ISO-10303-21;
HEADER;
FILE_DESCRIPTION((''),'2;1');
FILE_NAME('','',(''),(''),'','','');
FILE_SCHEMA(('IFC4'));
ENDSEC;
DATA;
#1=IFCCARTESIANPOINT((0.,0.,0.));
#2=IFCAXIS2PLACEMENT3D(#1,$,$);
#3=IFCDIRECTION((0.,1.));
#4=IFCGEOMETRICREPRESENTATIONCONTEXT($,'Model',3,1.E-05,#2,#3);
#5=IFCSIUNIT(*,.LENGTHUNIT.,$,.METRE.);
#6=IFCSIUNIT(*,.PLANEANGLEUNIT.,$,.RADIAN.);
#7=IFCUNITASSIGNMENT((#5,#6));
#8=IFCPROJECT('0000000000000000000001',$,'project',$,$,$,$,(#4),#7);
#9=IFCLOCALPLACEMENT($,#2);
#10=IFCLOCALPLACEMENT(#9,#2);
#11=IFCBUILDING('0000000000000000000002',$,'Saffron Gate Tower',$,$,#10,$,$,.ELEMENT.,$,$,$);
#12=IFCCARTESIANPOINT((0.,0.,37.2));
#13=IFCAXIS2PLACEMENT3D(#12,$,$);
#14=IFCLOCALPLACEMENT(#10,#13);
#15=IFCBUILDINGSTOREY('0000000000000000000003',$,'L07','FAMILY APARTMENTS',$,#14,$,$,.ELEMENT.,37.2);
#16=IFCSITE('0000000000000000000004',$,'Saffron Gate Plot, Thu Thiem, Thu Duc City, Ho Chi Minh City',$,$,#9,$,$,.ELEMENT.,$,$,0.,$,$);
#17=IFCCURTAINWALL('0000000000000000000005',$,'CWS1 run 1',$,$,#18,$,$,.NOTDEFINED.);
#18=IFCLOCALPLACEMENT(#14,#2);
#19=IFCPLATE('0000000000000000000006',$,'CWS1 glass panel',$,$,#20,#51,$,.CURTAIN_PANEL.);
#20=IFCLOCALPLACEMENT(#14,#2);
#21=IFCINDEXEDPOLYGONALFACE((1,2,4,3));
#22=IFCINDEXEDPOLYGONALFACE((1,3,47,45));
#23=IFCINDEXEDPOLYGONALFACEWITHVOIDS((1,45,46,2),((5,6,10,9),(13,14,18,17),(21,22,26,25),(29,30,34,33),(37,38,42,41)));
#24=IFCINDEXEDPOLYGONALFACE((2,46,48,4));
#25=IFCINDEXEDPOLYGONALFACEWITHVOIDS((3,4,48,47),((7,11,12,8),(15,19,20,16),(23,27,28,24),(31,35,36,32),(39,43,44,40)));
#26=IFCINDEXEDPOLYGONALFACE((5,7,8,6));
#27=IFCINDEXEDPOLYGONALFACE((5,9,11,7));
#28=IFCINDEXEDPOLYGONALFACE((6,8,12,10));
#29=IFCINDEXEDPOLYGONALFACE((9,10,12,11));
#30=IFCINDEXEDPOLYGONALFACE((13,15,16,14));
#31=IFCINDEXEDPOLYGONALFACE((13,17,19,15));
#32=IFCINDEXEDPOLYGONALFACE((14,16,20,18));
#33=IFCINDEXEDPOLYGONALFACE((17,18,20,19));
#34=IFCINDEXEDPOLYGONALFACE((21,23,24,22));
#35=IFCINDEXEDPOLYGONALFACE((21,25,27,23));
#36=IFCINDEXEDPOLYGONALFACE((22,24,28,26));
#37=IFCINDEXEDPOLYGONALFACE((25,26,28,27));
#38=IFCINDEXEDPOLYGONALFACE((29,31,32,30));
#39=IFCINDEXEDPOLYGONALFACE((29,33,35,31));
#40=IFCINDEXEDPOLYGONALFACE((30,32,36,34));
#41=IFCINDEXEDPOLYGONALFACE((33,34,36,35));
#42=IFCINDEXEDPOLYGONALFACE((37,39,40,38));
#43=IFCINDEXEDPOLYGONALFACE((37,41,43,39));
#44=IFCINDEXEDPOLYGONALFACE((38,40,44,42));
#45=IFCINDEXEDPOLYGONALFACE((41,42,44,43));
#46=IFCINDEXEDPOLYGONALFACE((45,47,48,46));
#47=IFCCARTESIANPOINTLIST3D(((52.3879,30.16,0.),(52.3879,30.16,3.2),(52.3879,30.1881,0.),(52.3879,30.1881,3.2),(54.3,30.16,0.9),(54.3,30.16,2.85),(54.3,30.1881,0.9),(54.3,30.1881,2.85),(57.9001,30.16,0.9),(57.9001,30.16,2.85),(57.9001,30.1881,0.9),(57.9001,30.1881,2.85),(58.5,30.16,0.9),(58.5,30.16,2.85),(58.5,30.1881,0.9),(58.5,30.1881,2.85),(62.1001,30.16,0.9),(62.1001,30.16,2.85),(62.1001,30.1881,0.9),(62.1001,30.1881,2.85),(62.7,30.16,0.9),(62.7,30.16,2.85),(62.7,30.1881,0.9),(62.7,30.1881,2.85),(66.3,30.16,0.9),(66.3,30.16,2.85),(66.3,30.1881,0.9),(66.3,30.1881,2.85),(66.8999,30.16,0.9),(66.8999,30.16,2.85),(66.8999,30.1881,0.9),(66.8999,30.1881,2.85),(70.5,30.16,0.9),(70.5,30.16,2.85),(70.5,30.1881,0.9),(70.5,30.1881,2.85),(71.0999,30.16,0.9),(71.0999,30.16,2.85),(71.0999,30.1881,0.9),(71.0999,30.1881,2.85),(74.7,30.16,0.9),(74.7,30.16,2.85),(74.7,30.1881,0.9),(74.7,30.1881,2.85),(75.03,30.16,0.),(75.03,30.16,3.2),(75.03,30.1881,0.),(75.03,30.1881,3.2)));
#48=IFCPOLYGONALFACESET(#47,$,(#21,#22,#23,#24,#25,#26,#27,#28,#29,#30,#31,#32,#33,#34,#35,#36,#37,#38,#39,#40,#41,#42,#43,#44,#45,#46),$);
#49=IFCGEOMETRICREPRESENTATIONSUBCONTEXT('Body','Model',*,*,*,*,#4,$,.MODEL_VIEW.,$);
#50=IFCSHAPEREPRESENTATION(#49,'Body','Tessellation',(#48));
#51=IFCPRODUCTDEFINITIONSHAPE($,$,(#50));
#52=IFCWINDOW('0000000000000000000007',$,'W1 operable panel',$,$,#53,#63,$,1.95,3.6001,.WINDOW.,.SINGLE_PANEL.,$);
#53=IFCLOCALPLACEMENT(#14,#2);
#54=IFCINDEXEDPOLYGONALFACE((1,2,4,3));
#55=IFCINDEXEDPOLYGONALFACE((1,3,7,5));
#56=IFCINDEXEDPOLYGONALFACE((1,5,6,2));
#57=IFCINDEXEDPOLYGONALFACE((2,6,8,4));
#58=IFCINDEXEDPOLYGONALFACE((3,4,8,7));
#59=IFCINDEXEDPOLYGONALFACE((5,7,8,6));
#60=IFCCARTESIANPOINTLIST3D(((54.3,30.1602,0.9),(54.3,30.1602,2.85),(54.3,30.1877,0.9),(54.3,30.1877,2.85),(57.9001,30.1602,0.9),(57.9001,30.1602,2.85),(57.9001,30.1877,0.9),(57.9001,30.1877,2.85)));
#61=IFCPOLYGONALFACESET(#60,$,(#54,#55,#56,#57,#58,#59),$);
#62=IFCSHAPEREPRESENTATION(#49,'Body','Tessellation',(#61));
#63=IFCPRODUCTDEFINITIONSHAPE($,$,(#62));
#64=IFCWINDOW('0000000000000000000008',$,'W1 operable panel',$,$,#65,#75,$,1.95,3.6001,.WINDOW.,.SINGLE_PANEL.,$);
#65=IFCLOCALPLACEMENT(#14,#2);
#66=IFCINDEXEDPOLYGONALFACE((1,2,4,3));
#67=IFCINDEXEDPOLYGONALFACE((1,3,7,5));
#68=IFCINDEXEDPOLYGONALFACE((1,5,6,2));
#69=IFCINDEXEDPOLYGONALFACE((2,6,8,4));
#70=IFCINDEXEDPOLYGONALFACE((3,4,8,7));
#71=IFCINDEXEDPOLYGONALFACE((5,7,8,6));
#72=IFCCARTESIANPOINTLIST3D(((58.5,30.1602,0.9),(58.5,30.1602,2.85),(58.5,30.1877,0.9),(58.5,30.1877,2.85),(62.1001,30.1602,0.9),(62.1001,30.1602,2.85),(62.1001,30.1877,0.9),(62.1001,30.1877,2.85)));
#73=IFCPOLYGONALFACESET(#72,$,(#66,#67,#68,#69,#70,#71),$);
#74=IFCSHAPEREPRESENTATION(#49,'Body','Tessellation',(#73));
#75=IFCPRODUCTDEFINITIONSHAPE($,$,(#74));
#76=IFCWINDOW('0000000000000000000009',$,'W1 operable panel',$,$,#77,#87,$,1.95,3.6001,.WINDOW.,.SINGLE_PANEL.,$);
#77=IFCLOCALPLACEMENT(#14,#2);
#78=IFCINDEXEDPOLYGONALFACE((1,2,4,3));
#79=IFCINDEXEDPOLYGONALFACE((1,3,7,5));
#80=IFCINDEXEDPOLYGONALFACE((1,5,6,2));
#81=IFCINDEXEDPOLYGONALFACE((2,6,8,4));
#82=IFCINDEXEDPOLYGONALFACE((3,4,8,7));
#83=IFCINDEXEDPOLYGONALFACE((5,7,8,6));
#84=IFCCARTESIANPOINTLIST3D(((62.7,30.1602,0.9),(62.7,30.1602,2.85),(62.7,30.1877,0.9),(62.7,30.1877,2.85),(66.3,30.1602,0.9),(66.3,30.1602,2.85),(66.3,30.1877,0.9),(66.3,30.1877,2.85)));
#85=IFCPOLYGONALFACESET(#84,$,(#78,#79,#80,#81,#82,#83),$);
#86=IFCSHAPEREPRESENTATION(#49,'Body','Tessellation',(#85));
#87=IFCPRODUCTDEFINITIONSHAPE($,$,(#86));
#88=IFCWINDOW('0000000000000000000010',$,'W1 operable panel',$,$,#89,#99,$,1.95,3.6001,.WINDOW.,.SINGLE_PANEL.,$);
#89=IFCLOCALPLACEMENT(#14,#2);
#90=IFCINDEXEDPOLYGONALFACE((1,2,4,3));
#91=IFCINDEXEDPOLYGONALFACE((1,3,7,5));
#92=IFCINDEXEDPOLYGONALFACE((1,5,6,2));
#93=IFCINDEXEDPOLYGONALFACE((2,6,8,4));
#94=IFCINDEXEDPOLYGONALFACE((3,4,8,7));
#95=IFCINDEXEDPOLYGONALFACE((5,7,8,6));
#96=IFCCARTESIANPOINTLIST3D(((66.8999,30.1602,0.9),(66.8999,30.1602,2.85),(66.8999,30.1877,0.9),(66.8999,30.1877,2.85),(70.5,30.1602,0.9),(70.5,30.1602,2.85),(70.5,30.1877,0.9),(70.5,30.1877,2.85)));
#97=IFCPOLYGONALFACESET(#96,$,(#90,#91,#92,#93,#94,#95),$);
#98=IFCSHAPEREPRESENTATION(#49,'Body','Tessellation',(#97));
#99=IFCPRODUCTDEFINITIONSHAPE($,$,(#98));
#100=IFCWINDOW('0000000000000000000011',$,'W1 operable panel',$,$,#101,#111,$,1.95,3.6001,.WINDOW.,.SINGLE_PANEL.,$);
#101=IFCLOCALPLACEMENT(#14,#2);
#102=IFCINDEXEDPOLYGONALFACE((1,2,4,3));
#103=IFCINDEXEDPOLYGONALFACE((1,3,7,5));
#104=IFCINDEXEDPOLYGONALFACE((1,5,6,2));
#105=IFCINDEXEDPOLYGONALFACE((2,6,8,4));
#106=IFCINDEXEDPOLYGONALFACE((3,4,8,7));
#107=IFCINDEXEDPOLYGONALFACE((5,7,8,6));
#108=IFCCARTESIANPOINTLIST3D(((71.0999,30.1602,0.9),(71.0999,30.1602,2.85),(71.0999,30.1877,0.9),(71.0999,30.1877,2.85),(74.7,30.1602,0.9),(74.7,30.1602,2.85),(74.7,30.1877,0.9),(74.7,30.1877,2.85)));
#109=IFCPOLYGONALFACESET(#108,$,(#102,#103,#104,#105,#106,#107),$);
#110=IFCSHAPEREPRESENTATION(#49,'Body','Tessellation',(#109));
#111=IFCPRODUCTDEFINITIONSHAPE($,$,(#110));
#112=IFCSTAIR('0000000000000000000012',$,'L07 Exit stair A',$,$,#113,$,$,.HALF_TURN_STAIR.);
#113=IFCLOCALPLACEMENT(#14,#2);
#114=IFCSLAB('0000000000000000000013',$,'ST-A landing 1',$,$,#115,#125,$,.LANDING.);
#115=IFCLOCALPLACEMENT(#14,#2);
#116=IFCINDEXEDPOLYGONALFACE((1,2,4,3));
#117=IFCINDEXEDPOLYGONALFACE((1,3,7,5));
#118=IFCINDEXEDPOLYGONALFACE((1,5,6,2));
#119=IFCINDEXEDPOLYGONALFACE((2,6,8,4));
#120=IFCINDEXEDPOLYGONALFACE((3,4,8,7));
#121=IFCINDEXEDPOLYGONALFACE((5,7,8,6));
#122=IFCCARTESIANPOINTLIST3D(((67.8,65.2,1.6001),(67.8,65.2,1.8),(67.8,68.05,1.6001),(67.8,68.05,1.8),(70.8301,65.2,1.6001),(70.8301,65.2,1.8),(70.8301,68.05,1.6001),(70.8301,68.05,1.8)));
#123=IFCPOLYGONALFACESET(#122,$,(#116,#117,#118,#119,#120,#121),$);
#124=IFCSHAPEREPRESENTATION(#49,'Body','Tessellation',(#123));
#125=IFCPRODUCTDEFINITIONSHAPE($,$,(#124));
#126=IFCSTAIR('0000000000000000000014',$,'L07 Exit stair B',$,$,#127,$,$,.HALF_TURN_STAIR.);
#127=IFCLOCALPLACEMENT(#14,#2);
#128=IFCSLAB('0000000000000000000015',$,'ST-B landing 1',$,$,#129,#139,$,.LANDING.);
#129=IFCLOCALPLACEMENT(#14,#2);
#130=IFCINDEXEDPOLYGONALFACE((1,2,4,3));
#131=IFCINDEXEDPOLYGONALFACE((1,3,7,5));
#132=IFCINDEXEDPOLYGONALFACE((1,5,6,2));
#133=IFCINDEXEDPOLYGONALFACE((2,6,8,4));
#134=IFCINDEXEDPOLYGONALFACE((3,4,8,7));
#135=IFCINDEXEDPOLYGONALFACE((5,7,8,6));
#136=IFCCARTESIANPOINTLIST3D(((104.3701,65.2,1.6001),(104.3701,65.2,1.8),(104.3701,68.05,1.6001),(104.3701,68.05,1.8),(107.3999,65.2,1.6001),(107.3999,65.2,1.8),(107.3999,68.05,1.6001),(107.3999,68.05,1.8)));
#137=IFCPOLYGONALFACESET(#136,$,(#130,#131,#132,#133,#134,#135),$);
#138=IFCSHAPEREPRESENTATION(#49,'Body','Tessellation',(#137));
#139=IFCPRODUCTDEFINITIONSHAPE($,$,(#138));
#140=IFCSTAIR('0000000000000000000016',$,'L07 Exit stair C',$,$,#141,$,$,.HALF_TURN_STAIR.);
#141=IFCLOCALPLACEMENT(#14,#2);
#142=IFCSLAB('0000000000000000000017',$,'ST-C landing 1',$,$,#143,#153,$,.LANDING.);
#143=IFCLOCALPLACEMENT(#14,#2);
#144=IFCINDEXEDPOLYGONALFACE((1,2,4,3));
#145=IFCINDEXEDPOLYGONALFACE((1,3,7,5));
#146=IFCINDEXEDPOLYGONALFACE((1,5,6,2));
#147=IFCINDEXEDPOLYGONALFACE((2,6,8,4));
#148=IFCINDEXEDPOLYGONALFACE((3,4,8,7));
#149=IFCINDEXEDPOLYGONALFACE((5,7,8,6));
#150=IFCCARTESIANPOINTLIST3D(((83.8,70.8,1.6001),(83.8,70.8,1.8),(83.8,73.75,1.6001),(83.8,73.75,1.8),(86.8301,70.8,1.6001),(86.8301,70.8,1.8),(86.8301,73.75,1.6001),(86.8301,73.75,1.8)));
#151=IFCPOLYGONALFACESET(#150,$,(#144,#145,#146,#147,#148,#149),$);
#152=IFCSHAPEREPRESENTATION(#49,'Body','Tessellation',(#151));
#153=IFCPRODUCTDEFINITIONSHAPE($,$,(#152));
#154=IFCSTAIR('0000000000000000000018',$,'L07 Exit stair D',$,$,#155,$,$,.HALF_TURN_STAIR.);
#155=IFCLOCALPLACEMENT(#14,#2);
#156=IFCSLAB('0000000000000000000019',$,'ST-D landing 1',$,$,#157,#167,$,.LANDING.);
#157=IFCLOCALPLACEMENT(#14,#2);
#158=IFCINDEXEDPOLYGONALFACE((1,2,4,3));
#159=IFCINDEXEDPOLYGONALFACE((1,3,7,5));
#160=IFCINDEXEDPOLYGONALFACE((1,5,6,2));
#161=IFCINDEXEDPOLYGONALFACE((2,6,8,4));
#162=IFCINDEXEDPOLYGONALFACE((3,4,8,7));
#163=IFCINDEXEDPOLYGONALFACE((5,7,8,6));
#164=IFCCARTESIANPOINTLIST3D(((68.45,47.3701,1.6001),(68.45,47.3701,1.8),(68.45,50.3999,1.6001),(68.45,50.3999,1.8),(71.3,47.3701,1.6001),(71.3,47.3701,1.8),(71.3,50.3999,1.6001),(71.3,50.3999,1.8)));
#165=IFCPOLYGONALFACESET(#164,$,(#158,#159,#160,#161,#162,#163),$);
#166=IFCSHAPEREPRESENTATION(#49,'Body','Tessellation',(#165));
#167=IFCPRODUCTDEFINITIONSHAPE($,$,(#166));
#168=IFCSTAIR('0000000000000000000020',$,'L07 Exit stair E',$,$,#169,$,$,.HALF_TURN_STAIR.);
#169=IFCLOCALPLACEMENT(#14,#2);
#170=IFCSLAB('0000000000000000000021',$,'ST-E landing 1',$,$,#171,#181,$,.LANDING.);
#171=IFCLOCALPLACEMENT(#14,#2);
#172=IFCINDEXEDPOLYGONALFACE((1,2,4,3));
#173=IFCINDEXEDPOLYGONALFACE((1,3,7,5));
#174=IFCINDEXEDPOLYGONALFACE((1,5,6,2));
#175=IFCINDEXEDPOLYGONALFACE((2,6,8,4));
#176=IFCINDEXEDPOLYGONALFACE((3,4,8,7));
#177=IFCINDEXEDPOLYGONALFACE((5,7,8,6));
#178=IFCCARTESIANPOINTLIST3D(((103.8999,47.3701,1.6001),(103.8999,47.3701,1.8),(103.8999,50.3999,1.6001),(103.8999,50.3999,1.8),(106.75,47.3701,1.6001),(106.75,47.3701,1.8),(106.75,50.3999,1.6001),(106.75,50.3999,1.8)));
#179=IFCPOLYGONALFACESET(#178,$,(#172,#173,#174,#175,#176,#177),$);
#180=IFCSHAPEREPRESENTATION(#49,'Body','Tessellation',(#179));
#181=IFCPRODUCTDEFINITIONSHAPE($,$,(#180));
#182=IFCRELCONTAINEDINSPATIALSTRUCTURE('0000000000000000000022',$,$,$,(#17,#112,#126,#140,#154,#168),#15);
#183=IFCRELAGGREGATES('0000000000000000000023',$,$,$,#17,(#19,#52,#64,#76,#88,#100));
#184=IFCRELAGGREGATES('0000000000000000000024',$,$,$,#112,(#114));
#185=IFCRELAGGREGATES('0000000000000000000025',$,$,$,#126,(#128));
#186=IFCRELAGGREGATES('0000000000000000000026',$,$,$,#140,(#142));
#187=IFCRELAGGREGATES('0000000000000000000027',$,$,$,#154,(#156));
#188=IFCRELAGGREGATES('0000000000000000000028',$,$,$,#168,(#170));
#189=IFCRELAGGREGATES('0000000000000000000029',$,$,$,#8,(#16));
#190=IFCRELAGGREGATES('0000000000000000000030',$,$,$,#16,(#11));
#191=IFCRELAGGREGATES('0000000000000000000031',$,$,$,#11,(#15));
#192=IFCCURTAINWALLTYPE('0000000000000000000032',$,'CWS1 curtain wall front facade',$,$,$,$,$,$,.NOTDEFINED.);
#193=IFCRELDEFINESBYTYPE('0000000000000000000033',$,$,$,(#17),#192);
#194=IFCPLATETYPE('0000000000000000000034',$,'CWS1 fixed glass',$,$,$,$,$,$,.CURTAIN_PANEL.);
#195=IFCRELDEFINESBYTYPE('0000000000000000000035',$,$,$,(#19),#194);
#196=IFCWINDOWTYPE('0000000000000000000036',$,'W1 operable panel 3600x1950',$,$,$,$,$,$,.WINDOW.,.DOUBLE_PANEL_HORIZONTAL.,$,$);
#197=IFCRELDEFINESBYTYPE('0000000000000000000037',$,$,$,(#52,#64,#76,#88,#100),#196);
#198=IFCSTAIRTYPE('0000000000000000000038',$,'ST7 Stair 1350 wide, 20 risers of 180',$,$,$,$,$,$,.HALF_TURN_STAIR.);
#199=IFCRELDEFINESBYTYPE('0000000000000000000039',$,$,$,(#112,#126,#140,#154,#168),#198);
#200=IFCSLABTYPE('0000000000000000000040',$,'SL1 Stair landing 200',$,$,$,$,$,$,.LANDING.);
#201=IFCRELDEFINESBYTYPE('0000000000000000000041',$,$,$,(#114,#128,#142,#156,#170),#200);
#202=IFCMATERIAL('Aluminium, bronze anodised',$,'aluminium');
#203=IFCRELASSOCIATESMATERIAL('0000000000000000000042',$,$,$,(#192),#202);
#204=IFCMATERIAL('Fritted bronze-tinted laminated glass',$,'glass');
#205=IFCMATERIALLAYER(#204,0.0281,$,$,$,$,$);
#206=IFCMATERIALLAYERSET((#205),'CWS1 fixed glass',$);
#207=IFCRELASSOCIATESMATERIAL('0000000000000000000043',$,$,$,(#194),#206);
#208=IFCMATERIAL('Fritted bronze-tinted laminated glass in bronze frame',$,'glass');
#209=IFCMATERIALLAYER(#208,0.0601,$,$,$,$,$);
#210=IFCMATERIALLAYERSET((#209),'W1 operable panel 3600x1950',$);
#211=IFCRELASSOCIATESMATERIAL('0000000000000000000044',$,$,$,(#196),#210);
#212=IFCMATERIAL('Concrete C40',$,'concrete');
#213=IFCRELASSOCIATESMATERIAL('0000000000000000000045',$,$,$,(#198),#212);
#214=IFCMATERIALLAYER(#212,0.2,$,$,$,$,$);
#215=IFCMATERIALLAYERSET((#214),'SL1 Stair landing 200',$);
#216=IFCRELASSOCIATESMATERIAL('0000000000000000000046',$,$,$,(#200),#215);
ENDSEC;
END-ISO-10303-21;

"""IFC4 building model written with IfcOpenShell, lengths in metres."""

from ifc_helpers import new_model, si_unit, direction, frame, frame_2d, origin, place, context, subcontext, project, spatial, polyline, rectangle, outline, extrude, material, layer, layer_set, type_object, element, fill, aggregate, save


model = new_model("IFC4")

# Units and contexts
model_context = context("Model", 3, precision=1e-05, world=origin(), true_north=direction((0.0, 1.0)))
body_context = subcontext(model_context, "Body", "Model", "MODEL_VIEW")
ifc_project = project(units=[si_unit("LENGTHUNIT", "METRE"), si_unit("PLANEANGLEUNIT", "RADIAN")], contexts=[model_context])

# Site, building, storey
site_placement = place(None, origin())
site = spatial("IfcSite", under=ifc_project, at=site_placement, Name="Saffron Gate Plot, Thu Thiem, Thu Duc City, Ho Chi Minh City", CompositionType="ELEMENT", RefElevation=0.0)
building_placement = place(site_placement, origin())
building = spatial("IfcBuilding", under=site, at=building_placement, Name="Saffron Gate Tower", CompositionType="ELEMENT")
storey_placement = place(building_placement, frame((0.0, 0.0, 37.2)))
storey = spatial("IfcBuildingStorey", under=building, at=storey_placement, Name="L07", Description="FAMILY APARTMENTS", CompositionType="ELEMENT", Elevation=37.2)

# Curtain wall
ifc_material_1 = material(Name="Aluminium, bronze anodised", Category="aluminium")
curtain_wall_type_1 = type_object("IfcCurtainWallType", Name="CWS1 curtain wall front facade", PredefinedType="NOTDEFINED", material=ifc_material_1)
curtain_wall_1_placement = place(storey_placement, origin())
curtain_wall_1 = element("IfcCurtainWall", 1, at=curtain_wall_1_placement, inside=storey, type_object=curtain_wall_type_1, Name="CWS1 run 1", PredefinedType="NOTDEFINED")

# Plate, openings, windows
ifc_material_2 = material(Name="Fritted bronze-tinted laminated glass", Category="glass")
ifc_layer_1 = layer(ifc_material_2, 0.0281)
ifc_layer_set_1 = layer_set([ifc_layer_1], Name="CWS1 fixed glass")
plate_type_1 = type_object("IfcPlateType", Name="CWS1 fixed glass", PredefinedType="CURTAIN_PANEL", material=ifc_layer_set_1)
plate_1_placement = place(storey_placement, frame((52.3879, 30.1741, 0.0), z_axis=(0.0, 0.0, 1.0), x_axis=(1.0, 0.0, 0.0)))
plate_1 = element("IfcPlate", 2, at=plate_1_placement, type_object=plate_type_1, Name="CWS1 glass panel", PredefinedType="CURTAIN_PANEL", context=body_context, shape_type="SweptSolid", body=[
    extrude(rectangle(XDim=22.6421, YDim=0.0281, at=frame_2d((11.321, 0.0))), origin(), (0.0, 0.0, 1.0), 3.2),
])
opening_1_placement = place(plate_1_placement, frame((1.9121, 0.0, 0.8999)))
opening_1 = element("IfcOpeningElement", 3, at=opening_1_placement, cuts=plate_1, PredefinedType="OPENING", context=body_context, shape_type="SweptSolid", body=[
    extrude(rectangle(XDim=3.6001, YDim=1.95, at=frame_2d((1.8, 0.9751))), frame((0.0, 0.0239, 0.0), z_axis=(0.0, -1.0, 0.0), x_axis=(1.0, 0.0, 0.0)), (0.0, 0.0, 1.0), 0.0481),
])
opening_2_placement = place(plate_1_placement, frame((6.1121, 0.0, 0.8999)))
opening_2 = element("IfcOpeningElement", 4, at=opening_2_placement, cuts=plate_1, PredefinedType="OPENING", context=body_context, shape_type="SweptSolid", body=[
    extrude(rectangle(XDim=3.6001, YDim=1.95, at=frame_2d((1.8, 0.9751))), frame((0.0, 0.0239, 0.0), z_axis=(0.0, -1.0, 0.0), x_axis=(1.0, 0.0, 0.0)), (0.0, 0.0, 1.0), 0.0481),
])
opening_3_placement = place(plate_1_placement, frame((10.312, 0.0, 0.8999)))
opening_3 = element("IfcOpeningElement", 5, at=opening_3_placement, cuts=plate_1, PredefinedType="OPENING", context=body_context, shape_type="SweptSolid", body=[
    extrude(rectangle(XDim=3.6001, YDim=1.95, at=frame_2d((1.8, 0.9751))), frame((0.0, 0.0239, 0.0), z_axis=(0.0, -1.0, 0.0), x_axis=(1.0, 0.0, 0.0)), (0.0, 0.0, 1.0), 0.0481),
])
opening_4_placement = place(plate_1_placement, frame((14.512, 0.0, 0.8999)))
opening_4 = element("IfcOpeningElement", 6, at=opening_4_placement, cuts=plate_1, PredefinedType="OPENING", context=body_context, shape_type="SweptSolid", body=[
    extrude(rectangle(XDim=3.6001, YDim=1.95, at=frame_2d((1.8, 0.9751))), frame((0.0, 0.0239, 0.0), z_axis=(0.0, -1.0, 0.0), x_axis=(1.0, 0.0, 0.0)), (0.0, 0.0, 1.0), 0.0481),
])
opening_5_placement = place(plate_1_placement, frame((18.7119, 0.0, 0.8999)))
opening_5 = element("IfcOpeningElement", 7, at=opening_5_placement, cuts=plate_1, PredefinedType="OPENING", context=body_context, shape_type="SweptSolid", body=[
    extrude(rectangle(XDim=3.6001, YDim=1.95, at=frame_2d((1.8, 0.9751))), frame((0.0, 0.0239, 0.0), z_axis=(0.0, -1.0, 0.0), x_axis=(1.0, 0.0, 0.0)), (0.0, 0.0, 1.0), 0.0481),
])
ifc_material_3 = material(Name="Fritted bronze-tinted laminated glass in bronze frame", Category="glass")
ifc_layer_2 = layer(ifc_material_3, 0.0601)
ifc_layer_set_2 = layer_set([ifc_layer_2], Name="W1 operable panel 3600x1950")
window_type = type_object("IfcWindowType", Name="W1 operable panel 3600x1950", PartitioningType="DOUBLE_PANEL_HORIZONTAL", PredefinedType="WINDOW", material=ifc_layer_set_2)
window_1_placement = place(opening_1_placement, origin())
window_1 = element("IfcWindow", 8, at=window_1_placement, type_object=window_type, Name="W1 operable panel", OverallHeight=1.95, OverallWidth=3.6001, PartitioningType="SINGLE_PANEL", PredefinedType="WINDOW", context=body_context, shape_type="SweptSolid", body=[
    extrude(rectangle(XDim=3.6001, YDim=1.95, at=frame_2d((1.8, 0.9751))), frame((0.0, 0.0137, 0.0), z_axis=(0.0, -1.0, 0.0), x_axis=(1.0, 0.0, 0.0)), (0.0, 0.0, 1.0), 0.0276),
])
fill(opening_1, window_1)
window_2_placement = place(opening_2_placement, origin())
window_2 = element("IfcWindow", 9, at=window_2_placement, type_object=window_type, Name="W1 operable panel", OverallHeight=1.95, OverallWidth=3.6001, PartitioningType="SINGLE_PANEL", PredefinedType="WINDOW", context=body_context, shape_type="SweptSolid", body=[
    extrude(rectangle(XDim=3.6001, YDim=1.95, at=frame_2d((1.8, 0.9751))), frame((0.0, 0.0137, 0.0), z_axis=(0.0, -1.0, 0.0), x_axis=(1.0, 0.0, 0.0)), (0.0, 0.0, 1.0), 0.0276),
])
fill(opening_2, window_2)
window_3_placement = place(opening_3_placement, origin())
window_3 = element("IfcWindow", 10, at=window_3_placement, type_object=window_type, Name="W1 operable panel", OverallHeight=1.95, OverallWidth=3.6001, PartitioningType="SINGLE_PANEL", PredefinedType="WINDOW", context=body_context, shape_type="SweptSolid", body=[
    extrude(rectangle(XDim=3.6001, YDim=1.95, at=frame_2d((1.8, 0.9751))), frame((0.0, 0.0137, 0.0), z_axis=(0.0, -1.0, 0.0), x_axis=(1.0, 0.0, 0.0)), (0.0, 0.0, 1.0), 0.0276),
])
fill(opening_3, window_3)
window_4_placement = place(opening_4_placement, origin())
window_4 = element("IfcWindow", 11, at=window_4_placement, type_object=window_type, Name="W1 operable panel", OverallHeight=1.95, OverallWidth=3.6001, PartitioningType="SINGLE_PANEL", PredefinedType="WINDOW", context=body_context, shape_type="SweptSolid", body=[
    extrude(rectangle(XDim=3.6001, YDim=1.95, at=frame_2d((1.8, 0.9751))), frame((0.0, 0.0137, 0.0), z_axis=(0.0, -1.0, 0.0), x_axis=(1.0, 0.0, 0.0)), (0.0, 0.0, 1.0), 0.0276),
])
fill(opening_4, window_4)
window_5_placement = place(opening_5_placement, origin())
window_5 = element("IfcWindow", 12, at=window_5_placement, type_object=window_type, Name="W1 operable panel", OverallHeight=1.95, OverallWidth=3.6001, PartitioningType="SINGLE_PANEL", PredefinedType="WINDOW", context=body_context, shape_type="SweptSolid", body=[
    extrude(rectangle(XDim=3.6001, YDim=1.95, at=frame_2d((1.8, 0.9751))), frame((0.0, 0.0137, 0.0), z_axis=(0.0, -1.0, 0.0), x_axis=(1.0, 0.0, 0.0)), (0.0, 0.0, 1.0), 0.0276),
])
fill(opening_5, window_5)
aggregate(curtain_wall_1, [plate_1, window_1, window_2, window_3, window_4, window_5])

# Stairs, slabs
ifc_material_4 = material(Name="Concrete C40", Category="concrete")
stair_type = type_object("IfcStairType", Name="ST7 Stair 1350 wide, 20 risers of 180", PredefinedType="HALF_TURN_STAIR", material=ifc_material_4)
stair_1_placement = place(storey_placement, origin())
stair_1 = element("IfcStair", 13, at=stair_1_placement, inside=storey, type_object=stair_type, Name="L07 Exit stair A", PredefinedType="HALF_TURN_STAIR")
ifc_layer_3 = layer(ifc_material_4, 0.2)
ifc_layer_set_3 = layer_set([ifc_layer_3], Name="SL1 Stair landing 200")
slab_type_1 = type_object("IfcSlabType", Name="SL1 Stair landing 200", PredefinedType="LANDING", material=ifc_layer_set_3)
slab_1_placement = place(storey_placement, frame((0.0, 0.0, 1.6001)))
slab_1 = element("IfcSlab", 14, at=slab_1_placement, type_object=slab_type_1, Name="ST-A landing 1", PredefinedType="LANDING", context=body_context, shape_type="SweptSolid", body=[
    extrude(outline(polyline([(70.8301, 68.05), (67.8, 68.05), (67.8, 65.2), (70.8301, 65.2), (70.8301, 68.05)])), origin(), (0.0, 0.0, 1.0), 0.2),
])
aggregate(stair_1, [slab_1])
stair_2_placement = place(storey_placement, origin())
stair_2 = element("IfcStair", 15, at=stair_2_placement, inside=storey, type_object=stair_type, Name="L07 Exit stair B", PredefinedType="HALF_TURN_STAIR")
slab_2_placement = place(storey_placement, frame((0.0, 0.0, 1.6001)))
slab_2 = element("IfcSlab", 16, at=slab_2_placement, type_object=slab_type_1, Name="ST-B landing 1", PredefinedType="LANDING", context=body_context, shape_type="SweptSolid", body=[
    extrude(outline(polyline([(104.3701, 65.2), (107.3999, 65.2), (107.3999, 68.05), (104.3701, 68.05), (104.3701, 65.2)])), origin(), (0.0, 0.0, 1.0), 0.2),
])
aggregate(stair_2, [slab_2])
stair_3_placement = place(storey_placement, origin())
stair_3 = element("IfcStair", 17, at=stair_3_placement, inside=storey, type_object=stair_type, Name="L07 Exit stair C", PredefinedType="HALF_TURN_STAIR")
slab_3_placement = place(storey_placement, frame((0.0, 0.0, 1.6001)))
slab_3 = element("IfcSlab", 18, at=slab_3_placement, type_object=slab_type_1, Name="ST-C landing 1", PredefinedType="LANDING", context=body_context, shape_type="SweptSolid", body=[
    extrude(outline(polyline([(86.8301, 73.75), (83.8, 73.75), (83.8, 70.8), (86.8301, 70.8), (86.8301, 73.75)])), origin(), (0.0, 0.0, 1.0), 0.2),
])
aggregate(stair_3, [slab_3])
stair_4_placement = place(storey_placement, origin())
stair_4 = element("IfcStair", 19, at=stair_4_placement, inside=storey, type_object=stair_type, Name="L07 Exit stair D", PredefinedType="HALF_TURN_STAIR")
slab_4_placement = place(storey_placement, frame((0.0, 0.0, 1.6001)))
slab_4 = element("IfcSlab", 20, at=slab_4_placement, type_object=slab_type_1, Name="ST-D landing 1", PredefinedType="LANDING", context=body_context, shape_type="SweptSolid", body=[
    extrude(outline(polyline([(71.3, 47.3701), (71.3, 50.3999), (68.45, 50.3999), (68.45, 47.3701), (71.3, 47.3701)])), origin(), (0.0, 0.0, 1.0), 0.2),
])
aggregate(stair_4, [slab_4])
stair_5_placement = place(storey_placement, origin())
stair_5 = element("IfcStair", 21, at=stair_5_placement, inside=storey, type_object=stair_type, Name="L07 Exit stair E", PredefinedType="HALF_TURN_STAIR")
slab_5_placement = place(storey_placement, frame((0.0, 0.0, 1.6001)))
slab_5 = element("IfcSlab", 22, at=slab_5_placement, type_object=slab_type_1, Name="ST-E landing 1", PredefinedType="LANDING", context=body_context, shape_type="SweptSolid", body=[
    extrude(outline(polyline([(106.75, 47.3701), (106.75, 50.3999), (103.8999, 50.3999), (103.8999, 47.3701), (106.75, 47.3701)])), origin(), (0.0, 0.0, 1.0), 0.2),
])
aggregate(stair_5, [slab_5])

save(model, "model.ifc")
